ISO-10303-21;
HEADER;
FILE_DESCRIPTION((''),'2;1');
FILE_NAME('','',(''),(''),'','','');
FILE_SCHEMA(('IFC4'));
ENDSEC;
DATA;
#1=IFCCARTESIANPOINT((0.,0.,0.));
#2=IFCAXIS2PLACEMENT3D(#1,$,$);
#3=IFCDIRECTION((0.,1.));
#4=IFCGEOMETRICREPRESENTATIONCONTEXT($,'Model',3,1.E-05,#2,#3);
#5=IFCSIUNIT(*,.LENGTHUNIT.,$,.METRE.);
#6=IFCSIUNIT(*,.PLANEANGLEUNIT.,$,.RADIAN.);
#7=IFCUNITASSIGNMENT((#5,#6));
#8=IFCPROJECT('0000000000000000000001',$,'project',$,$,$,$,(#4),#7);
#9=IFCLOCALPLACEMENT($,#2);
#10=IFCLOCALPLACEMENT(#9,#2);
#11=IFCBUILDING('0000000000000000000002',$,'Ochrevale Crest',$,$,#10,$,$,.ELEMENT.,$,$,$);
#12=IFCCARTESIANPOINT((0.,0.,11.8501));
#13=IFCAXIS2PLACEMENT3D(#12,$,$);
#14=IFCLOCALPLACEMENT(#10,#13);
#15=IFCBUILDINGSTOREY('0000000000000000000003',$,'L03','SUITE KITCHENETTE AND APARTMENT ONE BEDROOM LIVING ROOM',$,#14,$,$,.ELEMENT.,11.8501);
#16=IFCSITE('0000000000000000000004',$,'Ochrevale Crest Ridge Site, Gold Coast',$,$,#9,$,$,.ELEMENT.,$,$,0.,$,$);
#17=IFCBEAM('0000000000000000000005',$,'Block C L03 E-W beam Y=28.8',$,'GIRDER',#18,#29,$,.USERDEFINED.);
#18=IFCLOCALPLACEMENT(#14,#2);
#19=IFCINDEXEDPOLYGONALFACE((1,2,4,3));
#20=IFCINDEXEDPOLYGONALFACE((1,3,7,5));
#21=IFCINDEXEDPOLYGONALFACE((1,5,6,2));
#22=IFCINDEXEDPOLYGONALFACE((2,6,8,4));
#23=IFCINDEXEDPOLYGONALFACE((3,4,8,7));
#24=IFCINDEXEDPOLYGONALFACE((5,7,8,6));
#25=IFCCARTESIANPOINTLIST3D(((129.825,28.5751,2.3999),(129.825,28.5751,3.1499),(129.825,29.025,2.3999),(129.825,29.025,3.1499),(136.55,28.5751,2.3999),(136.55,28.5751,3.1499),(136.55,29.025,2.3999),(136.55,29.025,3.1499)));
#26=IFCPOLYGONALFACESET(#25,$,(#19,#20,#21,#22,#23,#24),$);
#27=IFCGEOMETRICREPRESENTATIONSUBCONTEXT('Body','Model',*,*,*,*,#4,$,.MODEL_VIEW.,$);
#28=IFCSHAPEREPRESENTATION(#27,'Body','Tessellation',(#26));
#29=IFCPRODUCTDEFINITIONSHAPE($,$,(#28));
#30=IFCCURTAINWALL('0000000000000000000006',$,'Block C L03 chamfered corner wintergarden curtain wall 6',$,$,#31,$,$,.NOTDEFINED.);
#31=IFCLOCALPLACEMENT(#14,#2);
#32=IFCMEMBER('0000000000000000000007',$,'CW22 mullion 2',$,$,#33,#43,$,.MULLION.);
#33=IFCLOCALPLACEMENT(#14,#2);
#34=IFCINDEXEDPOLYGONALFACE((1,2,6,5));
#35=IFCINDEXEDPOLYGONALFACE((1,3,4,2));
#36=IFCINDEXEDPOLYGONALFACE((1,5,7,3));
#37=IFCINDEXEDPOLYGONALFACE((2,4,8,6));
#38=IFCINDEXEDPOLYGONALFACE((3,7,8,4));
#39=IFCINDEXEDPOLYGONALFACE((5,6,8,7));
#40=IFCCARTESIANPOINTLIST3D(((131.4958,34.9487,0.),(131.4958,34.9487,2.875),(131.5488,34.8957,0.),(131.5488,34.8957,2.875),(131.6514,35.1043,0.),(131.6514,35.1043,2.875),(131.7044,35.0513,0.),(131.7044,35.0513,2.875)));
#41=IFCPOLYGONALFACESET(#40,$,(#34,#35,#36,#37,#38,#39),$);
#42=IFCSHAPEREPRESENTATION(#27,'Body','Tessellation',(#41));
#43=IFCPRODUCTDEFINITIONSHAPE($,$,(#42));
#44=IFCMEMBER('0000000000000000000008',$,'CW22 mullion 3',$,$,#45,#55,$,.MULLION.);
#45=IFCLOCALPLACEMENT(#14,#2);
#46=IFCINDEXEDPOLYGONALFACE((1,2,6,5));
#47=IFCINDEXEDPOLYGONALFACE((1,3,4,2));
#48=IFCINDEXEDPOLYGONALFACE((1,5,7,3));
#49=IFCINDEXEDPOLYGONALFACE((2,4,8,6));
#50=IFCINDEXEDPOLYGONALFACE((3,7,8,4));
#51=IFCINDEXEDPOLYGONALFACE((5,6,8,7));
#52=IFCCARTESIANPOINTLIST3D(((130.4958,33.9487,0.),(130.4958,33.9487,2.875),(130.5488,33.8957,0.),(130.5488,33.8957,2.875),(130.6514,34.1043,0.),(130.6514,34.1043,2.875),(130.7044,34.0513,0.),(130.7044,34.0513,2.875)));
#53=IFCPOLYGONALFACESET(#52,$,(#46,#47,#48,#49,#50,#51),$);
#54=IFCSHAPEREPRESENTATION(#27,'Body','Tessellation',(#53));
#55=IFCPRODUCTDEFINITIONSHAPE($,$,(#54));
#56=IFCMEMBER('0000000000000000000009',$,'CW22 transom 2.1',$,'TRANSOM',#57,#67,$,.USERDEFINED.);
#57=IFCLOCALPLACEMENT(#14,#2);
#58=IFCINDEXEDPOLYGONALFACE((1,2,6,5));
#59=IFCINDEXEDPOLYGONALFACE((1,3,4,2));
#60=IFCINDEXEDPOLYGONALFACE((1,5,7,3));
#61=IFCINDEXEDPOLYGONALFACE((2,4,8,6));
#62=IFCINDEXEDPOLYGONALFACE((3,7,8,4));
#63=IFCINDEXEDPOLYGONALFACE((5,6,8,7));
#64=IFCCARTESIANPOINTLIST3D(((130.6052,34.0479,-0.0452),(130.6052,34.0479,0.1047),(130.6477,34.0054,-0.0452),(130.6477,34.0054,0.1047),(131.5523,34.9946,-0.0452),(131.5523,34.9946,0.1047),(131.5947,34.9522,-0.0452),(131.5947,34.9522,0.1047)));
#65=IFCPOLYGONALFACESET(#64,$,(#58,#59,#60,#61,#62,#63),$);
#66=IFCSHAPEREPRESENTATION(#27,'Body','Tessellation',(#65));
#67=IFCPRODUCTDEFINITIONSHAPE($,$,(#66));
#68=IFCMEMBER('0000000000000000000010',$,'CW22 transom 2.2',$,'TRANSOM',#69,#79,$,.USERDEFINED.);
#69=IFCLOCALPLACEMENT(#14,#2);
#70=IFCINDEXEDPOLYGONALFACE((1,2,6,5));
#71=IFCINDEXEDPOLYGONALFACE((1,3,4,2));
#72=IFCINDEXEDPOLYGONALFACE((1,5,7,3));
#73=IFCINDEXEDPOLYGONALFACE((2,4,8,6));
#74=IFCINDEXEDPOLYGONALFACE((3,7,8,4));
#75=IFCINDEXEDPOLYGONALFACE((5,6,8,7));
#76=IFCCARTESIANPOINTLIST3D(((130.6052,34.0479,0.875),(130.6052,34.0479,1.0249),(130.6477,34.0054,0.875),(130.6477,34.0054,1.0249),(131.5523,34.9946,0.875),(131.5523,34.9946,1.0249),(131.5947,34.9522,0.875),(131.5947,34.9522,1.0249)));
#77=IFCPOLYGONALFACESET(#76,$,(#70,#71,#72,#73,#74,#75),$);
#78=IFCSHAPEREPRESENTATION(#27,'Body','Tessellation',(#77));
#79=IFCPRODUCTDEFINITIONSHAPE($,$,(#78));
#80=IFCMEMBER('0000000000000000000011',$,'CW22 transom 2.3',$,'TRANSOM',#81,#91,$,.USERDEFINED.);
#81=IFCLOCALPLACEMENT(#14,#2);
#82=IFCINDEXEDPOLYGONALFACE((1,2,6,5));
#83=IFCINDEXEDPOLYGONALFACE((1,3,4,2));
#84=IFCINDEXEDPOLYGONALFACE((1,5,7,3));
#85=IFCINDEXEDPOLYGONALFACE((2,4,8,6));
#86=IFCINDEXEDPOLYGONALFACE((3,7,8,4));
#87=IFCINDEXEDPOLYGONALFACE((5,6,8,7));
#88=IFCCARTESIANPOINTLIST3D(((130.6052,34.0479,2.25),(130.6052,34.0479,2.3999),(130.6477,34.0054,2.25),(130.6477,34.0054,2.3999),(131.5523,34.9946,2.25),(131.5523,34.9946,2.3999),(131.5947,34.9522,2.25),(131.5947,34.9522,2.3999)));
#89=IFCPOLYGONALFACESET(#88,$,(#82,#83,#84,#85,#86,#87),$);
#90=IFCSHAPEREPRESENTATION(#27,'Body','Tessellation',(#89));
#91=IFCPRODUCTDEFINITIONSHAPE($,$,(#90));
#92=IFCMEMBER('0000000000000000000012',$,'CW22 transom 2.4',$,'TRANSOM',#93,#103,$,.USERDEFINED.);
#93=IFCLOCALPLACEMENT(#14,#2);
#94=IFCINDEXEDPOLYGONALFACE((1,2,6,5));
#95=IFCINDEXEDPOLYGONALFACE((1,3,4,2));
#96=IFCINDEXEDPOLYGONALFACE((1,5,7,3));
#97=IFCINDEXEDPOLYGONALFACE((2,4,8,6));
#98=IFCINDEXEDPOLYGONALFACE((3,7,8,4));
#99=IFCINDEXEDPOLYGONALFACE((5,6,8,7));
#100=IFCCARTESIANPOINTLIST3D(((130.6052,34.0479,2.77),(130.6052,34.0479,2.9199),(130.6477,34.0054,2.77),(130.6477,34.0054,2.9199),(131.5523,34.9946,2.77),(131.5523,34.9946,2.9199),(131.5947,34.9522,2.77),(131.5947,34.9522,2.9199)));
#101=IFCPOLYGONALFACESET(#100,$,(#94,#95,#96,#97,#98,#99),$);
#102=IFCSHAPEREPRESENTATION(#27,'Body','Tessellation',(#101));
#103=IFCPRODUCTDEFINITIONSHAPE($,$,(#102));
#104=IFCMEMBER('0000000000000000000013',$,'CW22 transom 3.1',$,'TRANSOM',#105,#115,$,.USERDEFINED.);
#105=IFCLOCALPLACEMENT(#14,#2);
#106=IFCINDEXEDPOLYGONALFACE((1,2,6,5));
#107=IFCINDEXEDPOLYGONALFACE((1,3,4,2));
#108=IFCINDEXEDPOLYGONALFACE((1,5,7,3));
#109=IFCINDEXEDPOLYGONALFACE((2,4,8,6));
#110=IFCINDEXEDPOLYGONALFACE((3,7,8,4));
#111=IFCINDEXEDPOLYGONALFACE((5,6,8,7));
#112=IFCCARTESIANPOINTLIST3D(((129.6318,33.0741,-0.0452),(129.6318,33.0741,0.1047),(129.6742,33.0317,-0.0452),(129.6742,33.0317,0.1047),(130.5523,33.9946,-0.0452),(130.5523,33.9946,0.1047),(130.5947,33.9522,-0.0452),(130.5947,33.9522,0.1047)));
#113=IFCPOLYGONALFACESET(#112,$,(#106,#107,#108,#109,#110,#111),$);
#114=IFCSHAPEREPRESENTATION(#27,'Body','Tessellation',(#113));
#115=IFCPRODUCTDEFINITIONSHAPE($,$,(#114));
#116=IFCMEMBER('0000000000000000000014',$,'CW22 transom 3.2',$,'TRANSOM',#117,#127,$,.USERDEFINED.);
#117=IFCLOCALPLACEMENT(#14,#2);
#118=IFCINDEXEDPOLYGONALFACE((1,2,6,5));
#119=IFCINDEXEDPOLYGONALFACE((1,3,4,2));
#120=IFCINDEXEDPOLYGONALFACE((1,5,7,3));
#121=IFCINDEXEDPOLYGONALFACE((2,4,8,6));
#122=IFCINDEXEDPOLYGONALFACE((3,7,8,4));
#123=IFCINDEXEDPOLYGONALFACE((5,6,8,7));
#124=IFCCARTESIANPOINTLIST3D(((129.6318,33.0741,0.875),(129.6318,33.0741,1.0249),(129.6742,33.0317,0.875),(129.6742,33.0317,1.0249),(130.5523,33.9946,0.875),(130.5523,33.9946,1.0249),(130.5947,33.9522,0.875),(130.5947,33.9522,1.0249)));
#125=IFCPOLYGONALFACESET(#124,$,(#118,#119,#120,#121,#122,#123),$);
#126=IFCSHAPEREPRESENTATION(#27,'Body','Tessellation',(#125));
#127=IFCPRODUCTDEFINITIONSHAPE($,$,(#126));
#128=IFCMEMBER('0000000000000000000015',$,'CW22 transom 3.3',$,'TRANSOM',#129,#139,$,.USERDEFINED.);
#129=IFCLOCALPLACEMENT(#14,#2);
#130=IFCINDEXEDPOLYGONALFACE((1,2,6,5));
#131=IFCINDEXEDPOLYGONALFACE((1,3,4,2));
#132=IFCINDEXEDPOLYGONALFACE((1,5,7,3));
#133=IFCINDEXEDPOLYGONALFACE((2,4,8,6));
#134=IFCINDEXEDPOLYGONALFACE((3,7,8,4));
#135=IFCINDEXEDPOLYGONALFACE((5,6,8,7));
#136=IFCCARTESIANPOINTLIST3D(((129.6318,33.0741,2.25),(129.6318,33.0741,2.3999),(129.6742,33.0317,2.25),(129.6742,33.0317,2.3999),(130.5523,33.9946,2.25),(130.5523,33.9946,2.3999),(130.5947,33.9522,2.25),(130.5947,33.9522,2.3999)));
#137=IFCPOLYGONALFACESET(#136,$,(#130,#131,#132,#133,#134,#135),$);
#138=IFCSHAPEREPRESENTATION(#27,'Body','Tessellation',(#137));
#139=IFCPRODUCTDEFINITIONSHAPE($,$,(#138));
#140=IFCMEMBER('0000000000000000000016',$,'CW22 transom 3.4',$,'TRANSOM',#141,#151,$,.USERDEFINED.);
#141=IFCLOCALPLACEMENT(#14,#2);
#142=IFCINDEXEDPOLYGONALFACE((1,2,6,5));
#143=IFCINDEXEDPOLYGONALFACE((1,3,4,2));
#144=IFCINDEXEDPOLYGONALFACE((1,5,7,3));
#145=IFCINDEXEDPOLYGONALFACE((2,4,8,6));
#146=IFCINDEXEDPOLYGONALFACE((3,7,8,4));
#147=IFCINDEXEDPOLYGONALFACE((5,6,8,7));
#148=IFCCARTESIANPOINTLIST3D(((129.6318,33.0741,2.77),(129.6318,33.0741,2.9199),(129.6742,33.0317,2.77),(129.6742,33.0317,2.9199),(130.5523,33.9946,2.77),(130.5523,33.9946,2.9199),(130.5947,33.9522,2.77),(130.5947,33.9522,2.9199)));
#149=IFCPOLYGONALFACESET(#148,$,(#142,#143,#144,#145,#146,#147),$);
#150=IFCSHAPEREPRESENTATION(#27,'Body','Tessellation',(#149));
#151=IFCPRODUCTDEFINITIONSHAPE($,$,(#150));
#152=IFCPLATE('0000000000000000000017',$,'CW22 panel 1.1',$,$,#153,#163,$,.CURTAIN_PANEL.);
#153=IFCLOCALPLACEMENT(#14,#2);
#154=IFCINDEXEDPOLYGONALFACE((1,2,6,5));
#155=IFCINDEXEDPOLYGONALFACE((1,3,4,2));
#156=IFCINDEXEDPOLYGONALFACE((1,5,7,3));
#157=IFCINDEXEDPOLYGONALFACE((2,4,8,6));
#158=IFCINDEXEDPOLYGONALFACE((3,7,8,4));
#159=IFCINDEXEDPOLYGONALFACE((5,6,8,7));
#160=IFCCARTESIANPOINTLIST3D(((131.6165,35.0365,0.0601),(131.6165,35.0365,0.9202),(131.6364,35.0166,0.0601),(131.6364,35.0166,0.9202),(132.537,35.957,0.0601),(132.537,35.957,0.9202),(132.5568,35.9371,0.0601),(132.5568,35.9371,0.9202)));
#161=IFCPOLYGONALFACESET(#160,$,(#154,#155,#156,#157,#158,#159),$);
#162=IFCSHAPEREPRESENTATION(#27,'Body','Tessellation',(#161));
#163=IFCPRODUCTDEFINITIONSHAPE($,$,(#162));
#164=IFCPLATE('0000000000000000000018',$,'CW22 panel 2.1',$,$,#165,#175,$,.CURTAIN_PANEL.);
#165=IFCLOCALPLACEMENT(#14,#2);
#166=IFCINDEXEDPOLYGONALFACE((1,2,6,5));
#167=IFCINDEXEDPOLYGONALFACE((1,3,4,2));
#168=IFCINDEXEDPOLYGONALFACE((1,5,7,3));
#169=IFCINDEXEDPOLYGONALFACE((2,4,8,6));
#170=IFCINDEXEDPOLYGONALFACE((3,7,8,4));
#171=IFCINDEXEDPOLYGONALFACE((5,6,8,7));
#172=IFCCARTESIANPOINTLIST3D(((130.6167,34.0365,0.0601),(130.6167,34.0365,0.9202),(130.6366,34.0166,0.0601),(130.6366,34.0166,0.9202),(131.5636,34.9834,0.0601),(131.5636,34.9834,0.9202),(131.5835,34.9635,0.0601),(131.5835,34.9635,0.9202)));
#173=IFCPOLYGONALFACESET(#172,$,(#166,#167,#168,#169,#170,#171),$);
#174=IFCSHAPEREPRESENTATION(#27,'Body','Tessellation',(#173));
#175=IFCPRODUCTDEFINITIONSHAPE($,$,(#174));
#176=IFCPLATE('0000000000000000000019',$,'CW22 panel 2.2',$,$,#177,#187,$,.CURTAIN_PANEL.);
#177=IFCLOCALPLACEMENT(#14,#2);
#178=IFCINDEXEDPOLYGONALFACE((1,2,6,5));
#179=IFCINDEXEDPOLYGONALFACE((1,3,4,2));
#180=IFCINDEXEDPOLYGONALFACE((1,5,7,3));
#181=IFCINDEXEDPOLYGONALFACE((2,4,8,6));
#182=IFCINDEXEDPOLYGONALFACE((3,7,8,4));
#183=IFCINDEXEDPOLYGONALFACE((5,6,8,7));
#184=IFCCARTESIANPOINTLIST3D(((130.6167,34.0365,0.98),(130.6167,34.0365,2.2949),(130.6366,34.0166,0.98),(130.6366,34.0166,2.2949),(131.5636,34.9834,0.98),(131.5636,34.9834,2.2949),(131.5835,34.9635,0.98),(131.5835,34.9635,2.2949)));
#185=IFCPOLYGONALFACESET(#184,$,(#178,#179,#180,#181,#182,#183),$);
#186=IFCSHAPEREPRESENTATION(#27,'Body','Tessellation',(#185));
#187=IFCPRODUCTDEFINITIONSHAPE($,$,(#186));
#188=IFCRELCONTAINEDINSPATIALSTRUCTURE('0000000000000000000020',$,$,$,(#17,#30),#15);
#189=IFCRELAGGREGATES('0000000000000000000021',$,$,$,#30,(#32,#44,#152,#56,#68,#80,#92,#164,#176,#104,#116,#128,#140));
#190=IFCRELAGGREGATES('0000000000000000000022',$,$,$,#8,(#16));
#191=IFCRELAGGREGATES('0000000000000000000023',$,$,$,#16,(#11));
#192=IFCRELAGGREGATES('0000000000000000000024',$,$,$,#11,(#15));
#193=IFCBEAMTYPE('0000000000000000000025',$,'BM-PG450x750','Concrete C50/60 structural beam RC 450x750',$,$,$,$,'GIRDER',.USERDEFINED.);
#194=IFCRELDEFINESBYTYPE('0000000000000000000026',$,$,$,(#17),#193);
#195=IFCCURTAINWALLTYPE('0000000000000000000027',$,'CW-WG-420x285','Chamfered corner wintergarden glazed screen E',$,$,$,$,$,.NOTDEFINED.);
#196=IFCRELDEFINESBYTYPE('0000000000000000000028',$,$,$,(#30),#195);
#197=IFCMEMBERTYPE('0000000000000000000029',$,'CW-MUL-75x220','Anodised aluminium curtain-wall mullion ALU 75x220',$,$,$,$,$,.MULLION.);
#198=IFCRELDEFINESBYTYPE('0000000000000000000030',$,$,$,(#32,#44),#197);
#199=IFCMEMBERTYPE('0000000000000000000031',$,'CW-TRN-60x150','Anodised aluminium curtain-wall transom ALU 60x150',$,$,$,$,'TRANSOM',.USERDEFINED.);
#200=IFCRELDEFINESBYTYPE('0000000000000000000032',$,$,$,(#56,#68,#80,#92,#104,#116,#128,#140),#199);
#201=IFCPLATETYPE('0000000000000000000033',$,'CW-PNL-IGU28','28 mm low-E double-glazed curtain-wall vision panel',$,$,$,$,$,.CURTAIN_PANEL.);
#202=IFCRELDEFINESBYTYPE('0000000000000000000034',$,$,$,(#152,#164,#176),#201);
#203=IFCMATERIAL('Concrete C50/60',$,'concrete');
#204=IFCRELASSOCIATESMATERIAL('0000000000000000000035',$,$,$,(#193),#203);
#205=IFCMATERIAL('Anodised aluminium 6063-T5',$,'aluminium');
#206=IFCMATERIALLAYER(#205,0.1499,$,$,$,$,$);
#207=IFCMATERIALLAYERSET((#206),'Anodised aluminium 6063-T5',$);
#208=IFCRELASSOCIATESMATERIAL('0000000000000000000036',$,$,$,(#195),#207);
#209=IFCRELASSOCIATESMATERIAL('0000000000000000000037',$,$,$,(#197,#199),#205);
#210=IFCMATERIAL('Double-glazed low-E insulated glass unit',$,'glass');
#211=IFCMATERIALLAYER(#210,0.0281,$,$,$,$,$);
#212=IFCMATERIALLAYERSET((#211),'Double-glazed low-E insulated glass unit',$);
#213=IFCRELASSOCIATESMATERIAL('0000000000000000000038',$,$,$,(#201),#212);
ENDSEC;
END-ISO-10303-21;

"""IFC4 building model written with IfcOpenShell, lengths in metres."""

from ifc_helpers import new_model, si_unit, direction, frame, origin, origin_2d, place, context, subcontext, project, spatial, rectangle, extrude, material, layer, layer_set, material_profile, profile_set, type_object, element, aggregate, save


model = new_model("IFC4")

# Units and contexts
model_context = context("Model", 3, precision=1e-05, world=origin(), true_north=direction((0.0, 1.0)))
body_context = subcontext(model_context, "Body", "Model", "MODEL_VIEW")
ifc_project = project(units=[si_unit("LENGTHUNIT", "METRE"), si_unit("PLANEANGLEUNIT", "RADIAN")], contexts=[model_context])

# Site, building, storey
site_placement = place(None, origin())
site = spatial("IfcSite", under=ifc_project, at=site_placement, Name="Ochrevale Crest Ridge Site, Gold Coast", CompositionType="ELEMENT", RefElevation=0.0)
building_placement = place(site_placement, origin())
building = spatial("IfcBuilding", under=site, at=building_placement, Name="Ochrevale Crest", CompositionType="ELEMENT")
storey_placement = place(building_placement, frame((0.0, 0.0, 11.8501)))
storey = spatial("IfcBuildingStorey", under=building, at=storey_placement, Name="L03", Description="SUITE KITCHENETTE AND APARTMENT ONE BEDROOM LIVING ROOM", CompositionType="ELEMENT", Elevation=11.8501)

# Beam
ifc_material_1 = material(Name="Concrete C50/60", Category="concrete")
ifc_material_profile_1 = material_profile(ifc_material_1, rectangle(XDim=0.45, YDim=0.75, at=origin_2d()), Name="RC 450x750")
ifc_profile_set_1 = profile_set([ifc_material_profile_1], Name="Concrete C50/60")
beam_type = type_object("IfcBeamType", Name="BM-PG450x750", Description="Concrete C50/60 structural beam RC 450x750", ElementType="GIRDER", PredefinedType="USERDEFINED", material=ifc_profile_set_1)
beam_placement = place(storey_placement, frame((129.825, 28.8, 2.7749), z_axis=(1.0, 0.0, 0.0), x_axis=(0.0, 1.0, 0.0)))
element("IfcBeam", 1, at=beam_placement, inside=storey, type_object=beam_type, Name="Block C L03 E-W beam Y=28.8", ObjectType="GIRDER", PredefinedType="USERDEFINED", context=body_context, shape_type="SweptSolid", body=[
    extrude(rectangle(XDim=0.45, YDim=0.75, at=origin_2d()), origin(), (0.0, 0.0, 1.0), 6.7251),
])

# Curtain wall, members, plates
ifc_material_2 = material(Name="Anodised aluminium 6063-T5", Category="aluminium")
ifc_layer_1 = layer(ifc_material_2, 0.1499)
ifc_layer_set_1 = layer_set([ifc_layer_1], Name="Anodised aluminium 6063-T5")
curtain_wall_type = type_object("IfcCurtainWallType", Name="CW-WG-420x285", Description="Chamfered corner wintergarden glazed screen E", PredefinedType="NOTDEFINED", material=ifc_layer_set_1)
curtain_wall_placement = place(storey_placement, origin())
curtain_wall = element("IfcCurtainWall", 2, at=curtain_wall_placement, inside=storey, type_object=curtain_wall_type, Name="Block C L03 chamfered corner wintergarden curtain wall 6", PredefinedType="NOTDEFINED")
ifc_material_profile_2 = material_profile(ifc_material_2, rectangle(XDim=0.075, YDim=0.22, at=origin_2d()), Name="ALU 75x220")
ifc_profile_set_2 = profile_set([ifc_material_profile_2], Name="Anodised aluminium 6063-T5")
member_type_1 = type_object("IfcMemberType", Name="CW-MUL-75x220", Description="Anodised aluminium curtain-wall mullion ALU 75x220", PredefinedType="MULLION", material=ifc_profile_set_2)
member_1_placement = place(storey_placement, frame((131.6001, 35.0, 0.0), z_axis=(0.0, 0.0, 1.0), x_axis=(0.707107, -0.707107, 0.0)))
member_1 = element("IfcMember", 3, at=member_1_placement, type_object=member_type_1, Name="CW22 mullion 2", PredefinedType="MULLION", context=body_context, shape_type="SweptSolid", body=[
    extrude(rectangle(XDim=0.075, YDim=0.22, at=origin_2d()), origin(), (0.0, 0.0, 1.0), 2.875),
])
member_2_placement = place(storey_placement, frame((130.6001, 34.0, 0.0), z_axis=(0.0, 0.0, 1.0), x_axis=(0.707107, -0.707107, 0.0)))
member_2 = element("IfcMember", 4, at=member_2_placement, type_object=member_type_1, Name="CW22 mullion 3", PredefinedType="MULLION", context=body_context, shape_type="SweptSolid", body=[
    extrude(rectangle(XDim=0.075, YDim=0.22, at=origin_2d()), origin(), (0.0, 0.0, 1.0), 2.875),
])
ifc_material_profile_3 = material_profile(ifc_material_2, rectangle(XDim=0.0601, YDim=0.1499, at=origin_2d()), Name="ALU 60x150")
ifc_profile_set_3 = profile_set([ifc_material_profile_3], Name="Anodised aluminium 6063-T5")
member_type_2 = type_object("IfcMemberType", Name="CW-TRN-60x150", Description="Anodised aluminium curtain-wall transom ALU 60x150", ElementType="TRANSOM", PredefinedType="USERDEFINED", material=ifc_profile_set_3)
member_3_placement = place(storey_placement, frame((131.5735, 34.9734, 0.0298), z_axis=(-0.707198, -0.707016, 0.0), x_axis=(0.707016, -0.707198, 0.0)))
member_3 = element("IfcMember", 5, at=member_3_placement, type_object=member_type_2, Name="CW22 transom 2.1", ObjectType="TRANSOM", PredefinedType="USERDEFINED", context=body_context, shape_type="SweptSolid", body=[
    extrude(rectangle(XDim=0.0601, YDim=0.1499, at=origin_2d()), origin(), (0.0, 0.0, 1.0), 1.3391),
])
member_4_placement = place(storey_placement, frame((131.5735, 34.9734, 0.95), z_axis=(-0.707198, -0.707016, 0.0), x_axis=(0.707016, -0.707198, 0.0)))
member_4 = element("IfcMember", 6, at=member_4_placement, type_object=member_type_2, Name="CW22 transom 2.2", ObjectType="TRANSOM", PredefinedType="USERDEFINED", context=body_context, shape_type="SweptSolid", body=[
    extrude(rectangle(XDim=0.0601, YDim=0.1499, at=origin_2d()), origin(), (0.0, 0.0, 1.0), 1.3391),
])
member_5_placement = place(storey_placement, frame((131.5735, 34.9734, 2.325), z_axis=(-0.707198, -0.707016, 0.0), x_axis=(0.707016, -0.707198, 0.0)))
member_5 = element("IfcMember", 7, at=member_5_placement, type_object=member_type_2, Name="CW22 transom 2.3", ObjectType="TRANSOM", PredefinedType="USERDEFINED", context=body_context, shape_type="SweptSolid", body=[
    extrude(rectangle(XDim=0.0601, YDim=0.1499, at=origin_2d()), origin(), (0.0, 0.0, 1.0), 1.3391),
])
member_6_placement = place(storey_placement, frame((131.5735, 34.9734, 2.845), z_axis=(-0.707198, -0.707016, 0.0), x_axis=(0.707016, -0.707198, 0.0)))
member_6 = element("IfcMember", 8, at=member_6_placement, type_object=member_type_2, Name="CW22 transom 2.4", ObjectType="TRANSOM", PredefinedType="USERDEFINED", context=body_context, shape_type="SweptSolid", body=[
    extrude(rectangle(XDim=0.0601, YDim=0.1499, at=origin_2d()), origin(), (0.0, 0.0, 1.0), 1.3391),
])
member_7_placement = place(storey_placement, frame((130.5735, 33.9734, 0.0298), z_axis=(-0.707107, -0.707107, 0.0), x_axis=(0.707107, -0.707107, 0.0)))
member_7 = element("IfcMember", 9, at=member_7_placement, type_object=member_type_2, Name="CW22 transom 3.1", ObjectType="TRANSOM", PredefinedType="USERDEFINED", context=body_context, shape_type="SweptSolid", body=[
    extrude(rectangle(XDim=0.0601, YDim=0.1499, at=origin_2d()), origin(), (0.0, 0.0, 1.0), 1.3018),
])
member_8_placement = place(storey_placement, frame((130.5735, 33.9734, 0.95), z_axis=(-0.707107, -0.707107, 0.0), x_axis=(0.707107, -0.707107, 0.0)))
member_8 = element("IfcMember", 10, at=member_8_placement, type_object=member_type_2, Name="CW22 transom 3.2", ObjectType="TRANSOM", PredefinedType="USERDEFINED", context=body_context, shape_type="SweptSolid", body=[
    extrude(rectangle(XDim=0.0601, YDim=0.1499, at=origin_2d()), origin(), (0.0, 0.0, 1.0), 1.3018),
])
member_9_placement = place(storey_placement, frame((130.5735, 33.9734, 2.325), z_axis=(-0.707107, -0.707107, 0.0), x_axis=(0.707107, -0.707107, 0.0)))
member_9 = element("IfcMember", 11, at=member_9_placement, type_object=member_type_2, Name="CW22 transom 3.3", ObjectType="TRANSOM", PredefinedType="USERDEFINED", context=body_context, shape_type="SweptSolid", body=[
    extrude(rectangle(XDim=0.0601, YDim=0.1499, at=origin_2d()), origin(), (0.0, 0.0, 1.0), 1.3018),
])
member_10_placement = place(storey_placement, frame((130.5735, 33.9734, 2.845), z_axis=(-0.707107, -0.707107, 0.0), x_axis=(0.707107, -0.707107, 0.0)))
member_10 = element("IfcMember", 12, at=member_10_placement, type_object=member_type_2, Name="CW22 transom 3.4", ObjectType="TRANSOM", PredefinedType="USERDEFINED", context=body_context, shape_type="SweptSolid", body=[
    extrude(rectangle(XDim=0.0601, YDim=0.1499, at=origin_2d()), origin(), (0.0, 0.0, 1.0), 1.3018),
])
ifc_material_3 = material(Name="Double-glazed low-E insulated glass unit", Category="glass")
ifc_layer_2 = layer(ifc_material_3, 0.0281)
ifc_layer_set_2 = layer_set([ifc_layer_2], Name="Double-glazed low-E insulated glass unit")
plate_type = type_object("IfcPlateType", Name="CW-PNL-IGU28", Description="28 mm low-E double-glazed curtain-wall vision panel", PredefinedType="CURTAIN_PANEL", material=ifc_layer_set_2)
plate_1_placement = place(storey_placement, frame((132.0867, 35.4868, 0.0601), z_axis=(0.0, 0.0, 1.0), x_axis=(-0.707107, -0.707107, 0.0)))
plate_1 = element("IfcPlate", 13, at=plate_1_placement, type_object=plate_type, Name="CW22 panel 1.1", PredefinedType="CURTAIN_PANEL", context=body_context, shape_type="SweptSolid", body=[
    extrude(rectangle(XDim=1.3018, YDim=0.0281, at=origin_2d()), origin(), (0.0, 0.0, 1.0), 0.8601),
])
plate_2_placement = place(storey_placement, frame((131.1001, 34.5, 0.0601), z_axis=(0.0, 0.0, 1.0), x_axis=(-0.707107, -0.707107, 0.0)))
plate_2 = element("IfcPlate", 14, at=plate_2_placement, type_object=plate_type, Name="CW22 panel 2.1", PredefinedType="CURTAIN_PANEL", context=body_context, shape_type="SweptSolid", body=[
    extrude(rectangle(XDim=1.3391, YDim=0.0281, at=origin_2d()), origin(), (0.0, 0.0, 1.0), 0.8601),
])
plate_3_placement = place(storey_placement, frame((131.1001, 34.5, 0.98), z_axis=(0.0, 0.0, 1.0), x_axis=(-0.707107, -0.707107, 0.0)))
plate_3 = element("IfcPlate", 15, at=plate_3_placement, type_object=plate_type, Name="CW22 panel 2.2", PredefinedType="CURTAIN_PANEL", context=body_context, shape_type="SweptSolid", body=[
    extrude(rectangle(XDim=1.3391, YDim=0.0281, at=origin_2d()), origin(), (0.0, 0.0, 1.0), 1.3149),
])
aggregate(curtain_wall, [member_1, member_2, plate_1, member_3, member_4, member_5, member_6, plate_2, plate_3, member_7, member_8, member_9, member_10])

save(model, "model.ifc")
